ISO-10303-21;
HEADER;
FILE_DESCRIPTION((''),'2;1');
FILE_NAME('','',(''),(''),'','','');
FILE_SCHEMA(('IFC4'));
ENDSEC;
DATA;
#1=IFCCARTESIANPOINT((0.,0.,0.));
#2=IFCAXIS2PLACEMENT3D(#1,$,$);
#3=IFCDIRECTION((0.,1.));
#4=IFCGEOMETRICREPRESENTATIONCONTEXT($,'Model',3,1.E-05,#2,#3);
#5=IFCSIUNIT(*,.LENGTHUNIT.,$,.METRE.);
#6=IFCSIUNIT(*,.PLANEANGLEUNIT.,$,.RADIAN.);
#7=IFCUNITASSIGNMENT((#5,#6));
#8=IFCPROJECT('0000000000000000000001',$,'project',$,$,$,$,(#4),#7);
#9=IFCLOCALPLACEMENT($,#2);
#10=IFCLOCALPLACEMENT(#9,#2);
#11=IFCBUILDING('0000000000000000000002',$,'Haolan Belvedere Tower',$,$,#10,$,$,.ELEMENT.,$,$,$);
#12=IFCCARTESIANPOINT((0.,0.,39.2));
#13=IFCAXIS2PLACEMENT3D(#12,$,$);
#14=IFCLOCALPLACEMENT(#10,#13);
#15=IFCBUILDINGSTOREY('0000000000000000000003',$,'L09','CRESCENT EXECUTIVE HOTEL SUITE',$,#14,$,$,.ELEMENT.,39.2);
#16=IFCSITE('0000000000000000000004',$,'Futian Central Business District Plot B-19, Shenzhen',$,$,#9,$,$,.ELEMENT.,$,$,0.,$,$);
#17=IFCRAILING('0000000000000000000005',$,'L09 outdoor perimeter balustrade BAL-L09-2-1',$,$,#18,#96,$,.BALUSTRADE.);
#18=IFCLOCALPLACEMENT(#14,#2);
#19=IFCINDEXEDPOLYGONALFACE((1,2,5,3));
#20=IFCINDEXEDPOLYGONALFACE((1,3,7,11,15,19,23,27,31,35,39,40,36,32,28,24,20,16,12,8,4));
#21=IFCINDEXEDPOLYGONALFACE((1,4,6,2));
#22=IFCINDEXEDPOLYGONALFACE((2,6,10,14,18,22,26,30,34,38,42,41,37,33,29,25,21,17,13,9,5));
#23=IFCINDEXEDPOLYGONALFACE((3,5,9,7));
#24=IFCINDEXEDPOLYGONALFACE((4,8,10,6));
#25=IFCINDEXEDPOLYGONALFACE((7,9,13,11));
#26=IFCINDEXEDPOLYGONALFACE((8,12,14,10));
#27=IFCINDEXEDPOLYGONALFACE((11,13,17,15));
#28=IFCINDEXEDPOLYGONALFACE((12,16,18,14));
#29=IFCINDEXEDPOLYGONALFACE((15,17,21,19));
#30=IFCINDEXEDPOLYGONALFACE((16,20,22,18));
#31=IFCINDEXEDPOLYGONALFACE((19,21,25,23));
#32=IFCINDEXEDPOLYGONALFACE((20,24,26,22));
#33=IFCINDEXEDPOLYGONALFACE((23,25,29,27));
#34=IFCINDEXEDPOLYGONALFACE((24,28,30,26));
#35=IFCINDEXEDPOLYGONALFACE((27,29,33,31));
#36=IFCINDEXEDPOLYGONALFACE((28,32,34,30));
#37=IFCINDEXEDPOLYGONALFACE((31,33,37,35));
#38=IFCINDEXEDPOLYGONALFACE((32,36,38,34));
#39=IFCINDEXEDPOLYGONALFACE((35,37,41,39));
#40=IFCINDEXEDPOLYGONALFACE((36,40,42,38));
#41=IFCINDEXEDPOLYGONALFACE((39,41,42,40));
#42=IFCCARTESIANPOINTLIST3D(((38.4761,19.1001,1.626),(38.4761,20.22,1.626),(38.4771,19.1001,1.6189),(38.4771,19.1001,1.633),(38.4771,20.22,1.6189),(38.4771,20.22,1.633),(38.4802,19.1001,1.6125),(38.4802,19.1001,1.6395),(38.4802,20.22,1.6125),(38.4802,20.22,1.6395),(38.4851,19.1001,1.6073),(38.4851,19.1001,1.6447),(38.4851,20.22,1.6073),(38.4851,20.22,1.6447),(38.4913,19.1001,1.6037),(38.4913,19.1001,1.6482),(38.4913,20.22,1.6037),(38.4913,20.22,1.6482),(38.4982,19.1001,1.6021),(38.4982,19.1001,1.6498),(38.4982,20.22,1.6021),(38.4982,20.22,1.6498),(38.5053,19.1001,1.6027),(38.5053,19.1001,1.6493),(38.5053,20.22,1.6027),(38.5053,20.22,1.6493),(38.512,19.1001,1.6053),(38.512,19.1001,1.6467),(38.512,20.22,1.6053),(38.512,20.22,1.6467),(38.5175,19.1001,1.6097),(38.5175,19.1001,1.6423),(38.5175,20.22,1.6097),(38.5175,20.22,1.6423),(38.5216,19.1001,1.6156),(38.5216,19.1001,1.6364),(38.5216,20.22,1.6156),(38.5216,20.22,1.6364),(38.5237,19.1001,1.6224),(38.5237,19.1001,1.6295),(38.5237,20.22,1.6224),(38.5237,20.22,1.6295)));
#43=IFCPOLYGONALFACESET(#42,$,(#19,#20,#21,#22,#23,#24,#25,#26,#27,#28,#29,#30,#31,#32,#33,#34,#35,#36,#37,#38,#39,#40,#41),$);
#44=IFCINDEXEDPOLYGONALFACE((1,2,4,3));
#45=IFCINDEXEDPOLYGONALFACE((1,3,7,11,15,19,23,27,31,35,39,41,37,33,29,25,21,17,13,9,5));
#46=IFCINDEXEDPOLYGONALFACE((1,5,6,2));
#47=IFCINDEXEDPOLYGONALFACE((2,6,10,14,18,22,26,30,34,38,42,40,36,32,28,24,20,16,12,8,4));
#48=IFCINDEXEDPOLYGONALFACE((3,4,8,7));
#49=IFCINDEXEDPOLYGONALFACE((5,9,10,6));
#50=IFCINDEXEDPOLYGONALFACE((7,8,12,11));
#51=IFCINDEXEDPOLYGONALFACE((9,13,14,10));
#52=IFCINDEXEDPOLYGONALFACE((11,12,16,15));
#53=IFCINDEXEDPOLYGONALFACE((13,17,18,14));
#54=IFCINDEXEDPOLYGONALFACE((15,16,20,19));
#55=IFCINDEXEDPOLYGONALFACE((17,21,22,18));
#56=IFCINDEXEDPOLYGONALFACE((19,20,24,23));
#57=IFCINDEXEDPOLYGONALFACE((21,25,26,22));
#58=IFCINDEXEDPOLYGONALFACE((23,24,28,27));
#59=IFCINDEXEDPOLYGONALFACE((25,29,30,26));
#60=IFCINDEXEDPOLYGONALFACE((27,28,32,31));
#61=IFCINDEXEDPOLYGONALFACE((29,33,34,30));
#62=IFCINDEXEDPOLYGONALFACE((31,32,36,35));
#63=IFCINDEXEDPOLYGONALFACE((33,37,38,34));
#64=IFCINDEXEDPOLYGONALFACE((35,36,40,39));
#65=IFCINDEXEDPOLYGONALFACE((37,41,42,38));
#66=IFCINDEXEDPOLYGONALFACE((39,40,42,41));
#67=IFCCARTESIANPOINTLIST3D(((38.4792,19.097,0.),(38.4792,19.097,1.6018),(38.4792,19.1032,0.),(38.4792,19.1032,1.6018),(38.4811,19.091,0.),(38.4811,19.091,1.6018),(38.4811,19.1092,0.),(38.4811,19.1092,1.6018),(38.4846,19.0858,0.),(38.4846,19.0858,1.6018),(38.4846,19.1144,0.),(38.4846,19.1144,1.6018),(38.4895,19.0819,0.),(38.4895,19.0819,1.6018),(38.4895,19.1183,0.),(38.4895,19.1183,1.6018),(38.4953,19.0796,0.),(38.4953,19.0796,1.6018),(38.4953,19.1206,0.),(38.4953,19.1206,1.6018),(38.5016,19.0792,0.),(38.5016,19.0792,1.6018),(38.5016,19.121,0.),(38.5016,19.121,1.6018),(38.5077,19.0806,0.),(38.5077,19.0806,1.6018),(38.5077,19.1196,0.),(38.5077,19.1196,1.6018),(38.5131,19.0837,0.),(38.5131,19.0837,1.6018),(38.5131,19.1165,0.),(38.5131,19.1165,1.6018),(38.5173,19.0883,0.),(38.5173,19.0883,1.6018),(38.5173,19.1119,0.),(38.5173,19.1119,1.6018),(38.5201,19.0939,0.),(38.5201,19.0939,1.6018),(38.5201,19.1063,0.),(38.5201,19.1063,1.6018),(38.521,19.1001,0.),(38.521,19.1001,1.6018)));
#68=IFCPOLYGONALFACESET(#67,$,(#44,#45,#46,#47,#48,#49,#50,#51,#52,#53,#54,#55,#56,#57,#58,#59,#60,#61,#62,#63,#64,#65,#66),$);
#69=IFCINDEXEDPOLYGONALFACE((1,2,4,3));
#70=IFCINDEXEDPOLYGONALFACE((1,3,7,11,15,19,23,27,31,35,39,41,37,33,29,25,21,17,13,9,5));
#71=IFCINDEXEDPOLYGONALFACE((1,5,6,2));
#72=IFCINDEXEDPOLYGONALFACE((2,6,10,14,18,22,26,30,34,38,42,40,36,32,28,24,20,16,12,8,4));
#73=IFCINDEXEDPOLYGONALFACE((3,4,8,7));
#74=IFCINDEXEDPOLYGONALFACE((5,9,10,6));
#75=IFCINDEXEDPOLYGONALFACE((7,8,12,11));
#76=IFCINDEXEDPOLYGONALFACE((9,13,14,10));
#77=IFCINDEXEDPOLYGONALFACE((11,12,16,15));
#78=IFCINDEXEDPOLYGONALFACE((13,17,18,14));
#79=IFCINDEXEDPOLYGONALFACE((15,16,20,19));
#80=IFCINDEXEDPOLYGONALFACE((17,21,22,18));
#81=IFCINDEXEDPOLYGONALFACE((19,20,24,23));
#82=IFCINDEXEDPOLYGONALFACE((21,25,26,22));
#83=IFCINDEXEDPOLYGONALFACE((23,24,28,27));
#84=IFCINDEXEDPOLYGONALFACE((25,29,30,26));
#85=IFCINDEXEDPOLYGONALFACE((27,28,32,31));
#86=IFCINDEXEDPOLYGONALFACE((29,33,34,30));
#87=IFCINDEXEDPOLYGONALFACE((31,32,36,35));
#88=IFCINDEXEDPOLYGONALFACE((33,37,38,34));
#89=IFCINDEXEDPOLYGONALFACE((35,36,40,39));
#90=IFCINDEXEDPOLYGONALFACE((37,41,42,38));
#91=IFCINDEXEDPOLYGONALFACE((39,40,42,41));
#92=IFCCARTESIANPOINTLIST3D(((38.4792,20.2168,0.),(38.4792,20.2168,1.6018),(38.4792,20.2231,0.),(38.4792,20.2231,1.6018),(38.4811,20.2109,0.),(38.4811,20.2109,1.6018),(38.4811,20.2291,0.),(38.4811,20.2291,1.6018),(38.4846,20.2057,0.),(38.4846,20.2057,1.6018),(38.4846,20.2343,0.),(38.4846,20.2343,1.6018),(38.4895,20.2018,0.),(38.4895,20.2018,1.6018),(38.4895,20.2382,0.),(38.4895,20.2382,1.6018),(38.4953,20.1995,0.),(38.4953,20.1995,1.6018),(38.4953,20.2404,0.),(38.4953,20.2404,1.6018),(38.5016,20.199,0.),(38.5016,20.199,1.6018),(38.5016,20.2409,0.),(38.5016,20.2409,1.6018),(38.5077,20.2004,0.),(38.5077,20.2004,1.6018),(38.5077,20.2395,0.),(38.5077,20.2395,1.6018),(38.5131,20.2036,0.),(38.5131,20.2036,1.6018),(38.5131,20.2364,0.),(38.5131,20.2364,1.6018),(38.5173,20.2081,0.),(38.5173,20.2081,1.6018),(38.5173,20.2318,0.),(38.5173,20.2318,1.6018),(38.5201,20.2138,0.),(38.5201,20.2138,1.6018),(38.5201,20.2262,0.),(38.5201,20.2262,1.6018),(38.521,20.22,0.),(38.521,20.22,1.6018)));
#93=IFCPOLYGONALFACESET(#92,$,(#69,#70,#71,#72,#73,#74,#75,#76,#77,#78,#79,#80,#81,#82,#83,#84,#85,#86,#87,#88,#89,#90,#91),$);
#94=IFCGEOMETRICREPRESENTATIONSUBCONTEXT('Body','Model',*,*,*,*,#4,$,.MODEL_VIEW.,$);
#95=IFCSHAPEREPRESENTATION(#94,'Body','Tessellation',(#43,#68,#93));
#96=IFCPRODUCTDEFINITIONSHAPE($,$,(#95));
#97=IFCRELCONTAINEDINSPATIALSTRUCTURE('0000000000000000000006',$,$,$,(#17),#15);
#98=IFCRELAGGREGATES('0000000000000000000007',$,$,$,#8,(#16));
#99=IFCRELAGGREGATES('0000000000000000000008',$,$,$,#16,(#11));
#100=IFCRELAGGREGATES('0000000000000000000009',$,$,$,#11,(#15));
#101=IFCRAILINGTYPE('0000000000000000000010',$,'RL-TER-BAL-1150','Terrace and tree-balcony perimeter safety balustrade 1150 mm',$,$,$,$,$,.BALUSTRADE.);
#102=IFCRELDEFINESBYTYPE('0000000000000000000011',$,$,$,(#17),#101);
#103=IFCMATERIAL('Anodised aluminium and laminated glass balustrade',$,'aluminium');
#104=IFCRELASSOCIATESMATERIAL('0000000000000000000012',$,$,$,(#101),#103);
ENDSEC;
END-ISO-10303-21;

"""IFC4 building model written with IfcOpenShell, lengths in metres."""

from ifc_helpers import new_model, si_unit, direction, frame, origin, origin_2d, place, context, subcontext, project, spatial, circle, extrude, material, type_object, element, save


model = new_model("IFC4")

# Units and contexts
model_context = context("Model", 3, precision=1e-05, world=origin(), true_north=direction((0.0, 1.0)))
body_context = subcontext(model_context, "Body", "Model", "MODEL_VIEW")
ifc_project = project(units=[si_unit("LENGTHUNIT", "METRE"), si_unit("PLANEANGLEUNIT", "RADIAN")], contexts=[model_context])

# Site, building, storey
site_placement = place(None, origin())
site = spatial("IfcSite", under=ifc_project, at=site_placement, Name="Futian Central Business District Plot B-19, Shenzhen", CompositionType="ELEMENT", RefElevation=0.0)
building_placement = place(site_placement, origin())
building = spatial("IfcBuilding", under=site, at=building_placement, Name="Haolan Belvedere Tower", CompositionType="ELEMENT")
storey_placement = place(building_placement, frame((0.0, 0.0, 39.2)))
storey = spatial("IfcBuildingStorey", under=building, at=storey_placement, Name="L09", Description="CRESCENT EXECUTIVE HOTEL SUITE", CompositionType="ELEMENT", Elevation=39.2)

# Railing
ifc_material_1 = material(Name="Anodised aluminium and laminated glass balustrade", Category="aluminium")
railing_type = type_object("IfcRailingType", Name="RL-TER-BAL-1150", Description="Terrace and tree-balcony perimeter safety balustrade 1150 mm", PredefinedType="BALUSTRADE", material=ifc_material_1)
railing_1_placement = place(storey_placement, frame((38.5, 19.1001, 0.0)))
element("IfcRailing", 1, at=railing_1_placement, inside=storey, type_object=railing_type, Name="L09 outdoor perimeter balustrade BAL-L09-2-1", PredefinedType="BALUSTRADE", context=body_context, shape_type="SweptSolid", body=[
    extrude(circle(Radius=0.0239, at=origin_2d()), frame((0.0, 0.0, 1.626), z_axis=(0.0, 1.0, 0.0), x_axis=(-1.0, 0.0, 0.0)), (0.0, 0.0, 1.0), 1.1199),
    extrude(circle(Radius=0.021, at=origin_2d()), origin(), (0.0, 0.0, 1.0), 1.6018),
    extrude(circle(Radius=0.021, at=origin_2d()), frame((0.0, 1.1199, 0.0)), (0.0, 0.0, 1.0), 1.6018),
])

save(model, "model.ifc")
